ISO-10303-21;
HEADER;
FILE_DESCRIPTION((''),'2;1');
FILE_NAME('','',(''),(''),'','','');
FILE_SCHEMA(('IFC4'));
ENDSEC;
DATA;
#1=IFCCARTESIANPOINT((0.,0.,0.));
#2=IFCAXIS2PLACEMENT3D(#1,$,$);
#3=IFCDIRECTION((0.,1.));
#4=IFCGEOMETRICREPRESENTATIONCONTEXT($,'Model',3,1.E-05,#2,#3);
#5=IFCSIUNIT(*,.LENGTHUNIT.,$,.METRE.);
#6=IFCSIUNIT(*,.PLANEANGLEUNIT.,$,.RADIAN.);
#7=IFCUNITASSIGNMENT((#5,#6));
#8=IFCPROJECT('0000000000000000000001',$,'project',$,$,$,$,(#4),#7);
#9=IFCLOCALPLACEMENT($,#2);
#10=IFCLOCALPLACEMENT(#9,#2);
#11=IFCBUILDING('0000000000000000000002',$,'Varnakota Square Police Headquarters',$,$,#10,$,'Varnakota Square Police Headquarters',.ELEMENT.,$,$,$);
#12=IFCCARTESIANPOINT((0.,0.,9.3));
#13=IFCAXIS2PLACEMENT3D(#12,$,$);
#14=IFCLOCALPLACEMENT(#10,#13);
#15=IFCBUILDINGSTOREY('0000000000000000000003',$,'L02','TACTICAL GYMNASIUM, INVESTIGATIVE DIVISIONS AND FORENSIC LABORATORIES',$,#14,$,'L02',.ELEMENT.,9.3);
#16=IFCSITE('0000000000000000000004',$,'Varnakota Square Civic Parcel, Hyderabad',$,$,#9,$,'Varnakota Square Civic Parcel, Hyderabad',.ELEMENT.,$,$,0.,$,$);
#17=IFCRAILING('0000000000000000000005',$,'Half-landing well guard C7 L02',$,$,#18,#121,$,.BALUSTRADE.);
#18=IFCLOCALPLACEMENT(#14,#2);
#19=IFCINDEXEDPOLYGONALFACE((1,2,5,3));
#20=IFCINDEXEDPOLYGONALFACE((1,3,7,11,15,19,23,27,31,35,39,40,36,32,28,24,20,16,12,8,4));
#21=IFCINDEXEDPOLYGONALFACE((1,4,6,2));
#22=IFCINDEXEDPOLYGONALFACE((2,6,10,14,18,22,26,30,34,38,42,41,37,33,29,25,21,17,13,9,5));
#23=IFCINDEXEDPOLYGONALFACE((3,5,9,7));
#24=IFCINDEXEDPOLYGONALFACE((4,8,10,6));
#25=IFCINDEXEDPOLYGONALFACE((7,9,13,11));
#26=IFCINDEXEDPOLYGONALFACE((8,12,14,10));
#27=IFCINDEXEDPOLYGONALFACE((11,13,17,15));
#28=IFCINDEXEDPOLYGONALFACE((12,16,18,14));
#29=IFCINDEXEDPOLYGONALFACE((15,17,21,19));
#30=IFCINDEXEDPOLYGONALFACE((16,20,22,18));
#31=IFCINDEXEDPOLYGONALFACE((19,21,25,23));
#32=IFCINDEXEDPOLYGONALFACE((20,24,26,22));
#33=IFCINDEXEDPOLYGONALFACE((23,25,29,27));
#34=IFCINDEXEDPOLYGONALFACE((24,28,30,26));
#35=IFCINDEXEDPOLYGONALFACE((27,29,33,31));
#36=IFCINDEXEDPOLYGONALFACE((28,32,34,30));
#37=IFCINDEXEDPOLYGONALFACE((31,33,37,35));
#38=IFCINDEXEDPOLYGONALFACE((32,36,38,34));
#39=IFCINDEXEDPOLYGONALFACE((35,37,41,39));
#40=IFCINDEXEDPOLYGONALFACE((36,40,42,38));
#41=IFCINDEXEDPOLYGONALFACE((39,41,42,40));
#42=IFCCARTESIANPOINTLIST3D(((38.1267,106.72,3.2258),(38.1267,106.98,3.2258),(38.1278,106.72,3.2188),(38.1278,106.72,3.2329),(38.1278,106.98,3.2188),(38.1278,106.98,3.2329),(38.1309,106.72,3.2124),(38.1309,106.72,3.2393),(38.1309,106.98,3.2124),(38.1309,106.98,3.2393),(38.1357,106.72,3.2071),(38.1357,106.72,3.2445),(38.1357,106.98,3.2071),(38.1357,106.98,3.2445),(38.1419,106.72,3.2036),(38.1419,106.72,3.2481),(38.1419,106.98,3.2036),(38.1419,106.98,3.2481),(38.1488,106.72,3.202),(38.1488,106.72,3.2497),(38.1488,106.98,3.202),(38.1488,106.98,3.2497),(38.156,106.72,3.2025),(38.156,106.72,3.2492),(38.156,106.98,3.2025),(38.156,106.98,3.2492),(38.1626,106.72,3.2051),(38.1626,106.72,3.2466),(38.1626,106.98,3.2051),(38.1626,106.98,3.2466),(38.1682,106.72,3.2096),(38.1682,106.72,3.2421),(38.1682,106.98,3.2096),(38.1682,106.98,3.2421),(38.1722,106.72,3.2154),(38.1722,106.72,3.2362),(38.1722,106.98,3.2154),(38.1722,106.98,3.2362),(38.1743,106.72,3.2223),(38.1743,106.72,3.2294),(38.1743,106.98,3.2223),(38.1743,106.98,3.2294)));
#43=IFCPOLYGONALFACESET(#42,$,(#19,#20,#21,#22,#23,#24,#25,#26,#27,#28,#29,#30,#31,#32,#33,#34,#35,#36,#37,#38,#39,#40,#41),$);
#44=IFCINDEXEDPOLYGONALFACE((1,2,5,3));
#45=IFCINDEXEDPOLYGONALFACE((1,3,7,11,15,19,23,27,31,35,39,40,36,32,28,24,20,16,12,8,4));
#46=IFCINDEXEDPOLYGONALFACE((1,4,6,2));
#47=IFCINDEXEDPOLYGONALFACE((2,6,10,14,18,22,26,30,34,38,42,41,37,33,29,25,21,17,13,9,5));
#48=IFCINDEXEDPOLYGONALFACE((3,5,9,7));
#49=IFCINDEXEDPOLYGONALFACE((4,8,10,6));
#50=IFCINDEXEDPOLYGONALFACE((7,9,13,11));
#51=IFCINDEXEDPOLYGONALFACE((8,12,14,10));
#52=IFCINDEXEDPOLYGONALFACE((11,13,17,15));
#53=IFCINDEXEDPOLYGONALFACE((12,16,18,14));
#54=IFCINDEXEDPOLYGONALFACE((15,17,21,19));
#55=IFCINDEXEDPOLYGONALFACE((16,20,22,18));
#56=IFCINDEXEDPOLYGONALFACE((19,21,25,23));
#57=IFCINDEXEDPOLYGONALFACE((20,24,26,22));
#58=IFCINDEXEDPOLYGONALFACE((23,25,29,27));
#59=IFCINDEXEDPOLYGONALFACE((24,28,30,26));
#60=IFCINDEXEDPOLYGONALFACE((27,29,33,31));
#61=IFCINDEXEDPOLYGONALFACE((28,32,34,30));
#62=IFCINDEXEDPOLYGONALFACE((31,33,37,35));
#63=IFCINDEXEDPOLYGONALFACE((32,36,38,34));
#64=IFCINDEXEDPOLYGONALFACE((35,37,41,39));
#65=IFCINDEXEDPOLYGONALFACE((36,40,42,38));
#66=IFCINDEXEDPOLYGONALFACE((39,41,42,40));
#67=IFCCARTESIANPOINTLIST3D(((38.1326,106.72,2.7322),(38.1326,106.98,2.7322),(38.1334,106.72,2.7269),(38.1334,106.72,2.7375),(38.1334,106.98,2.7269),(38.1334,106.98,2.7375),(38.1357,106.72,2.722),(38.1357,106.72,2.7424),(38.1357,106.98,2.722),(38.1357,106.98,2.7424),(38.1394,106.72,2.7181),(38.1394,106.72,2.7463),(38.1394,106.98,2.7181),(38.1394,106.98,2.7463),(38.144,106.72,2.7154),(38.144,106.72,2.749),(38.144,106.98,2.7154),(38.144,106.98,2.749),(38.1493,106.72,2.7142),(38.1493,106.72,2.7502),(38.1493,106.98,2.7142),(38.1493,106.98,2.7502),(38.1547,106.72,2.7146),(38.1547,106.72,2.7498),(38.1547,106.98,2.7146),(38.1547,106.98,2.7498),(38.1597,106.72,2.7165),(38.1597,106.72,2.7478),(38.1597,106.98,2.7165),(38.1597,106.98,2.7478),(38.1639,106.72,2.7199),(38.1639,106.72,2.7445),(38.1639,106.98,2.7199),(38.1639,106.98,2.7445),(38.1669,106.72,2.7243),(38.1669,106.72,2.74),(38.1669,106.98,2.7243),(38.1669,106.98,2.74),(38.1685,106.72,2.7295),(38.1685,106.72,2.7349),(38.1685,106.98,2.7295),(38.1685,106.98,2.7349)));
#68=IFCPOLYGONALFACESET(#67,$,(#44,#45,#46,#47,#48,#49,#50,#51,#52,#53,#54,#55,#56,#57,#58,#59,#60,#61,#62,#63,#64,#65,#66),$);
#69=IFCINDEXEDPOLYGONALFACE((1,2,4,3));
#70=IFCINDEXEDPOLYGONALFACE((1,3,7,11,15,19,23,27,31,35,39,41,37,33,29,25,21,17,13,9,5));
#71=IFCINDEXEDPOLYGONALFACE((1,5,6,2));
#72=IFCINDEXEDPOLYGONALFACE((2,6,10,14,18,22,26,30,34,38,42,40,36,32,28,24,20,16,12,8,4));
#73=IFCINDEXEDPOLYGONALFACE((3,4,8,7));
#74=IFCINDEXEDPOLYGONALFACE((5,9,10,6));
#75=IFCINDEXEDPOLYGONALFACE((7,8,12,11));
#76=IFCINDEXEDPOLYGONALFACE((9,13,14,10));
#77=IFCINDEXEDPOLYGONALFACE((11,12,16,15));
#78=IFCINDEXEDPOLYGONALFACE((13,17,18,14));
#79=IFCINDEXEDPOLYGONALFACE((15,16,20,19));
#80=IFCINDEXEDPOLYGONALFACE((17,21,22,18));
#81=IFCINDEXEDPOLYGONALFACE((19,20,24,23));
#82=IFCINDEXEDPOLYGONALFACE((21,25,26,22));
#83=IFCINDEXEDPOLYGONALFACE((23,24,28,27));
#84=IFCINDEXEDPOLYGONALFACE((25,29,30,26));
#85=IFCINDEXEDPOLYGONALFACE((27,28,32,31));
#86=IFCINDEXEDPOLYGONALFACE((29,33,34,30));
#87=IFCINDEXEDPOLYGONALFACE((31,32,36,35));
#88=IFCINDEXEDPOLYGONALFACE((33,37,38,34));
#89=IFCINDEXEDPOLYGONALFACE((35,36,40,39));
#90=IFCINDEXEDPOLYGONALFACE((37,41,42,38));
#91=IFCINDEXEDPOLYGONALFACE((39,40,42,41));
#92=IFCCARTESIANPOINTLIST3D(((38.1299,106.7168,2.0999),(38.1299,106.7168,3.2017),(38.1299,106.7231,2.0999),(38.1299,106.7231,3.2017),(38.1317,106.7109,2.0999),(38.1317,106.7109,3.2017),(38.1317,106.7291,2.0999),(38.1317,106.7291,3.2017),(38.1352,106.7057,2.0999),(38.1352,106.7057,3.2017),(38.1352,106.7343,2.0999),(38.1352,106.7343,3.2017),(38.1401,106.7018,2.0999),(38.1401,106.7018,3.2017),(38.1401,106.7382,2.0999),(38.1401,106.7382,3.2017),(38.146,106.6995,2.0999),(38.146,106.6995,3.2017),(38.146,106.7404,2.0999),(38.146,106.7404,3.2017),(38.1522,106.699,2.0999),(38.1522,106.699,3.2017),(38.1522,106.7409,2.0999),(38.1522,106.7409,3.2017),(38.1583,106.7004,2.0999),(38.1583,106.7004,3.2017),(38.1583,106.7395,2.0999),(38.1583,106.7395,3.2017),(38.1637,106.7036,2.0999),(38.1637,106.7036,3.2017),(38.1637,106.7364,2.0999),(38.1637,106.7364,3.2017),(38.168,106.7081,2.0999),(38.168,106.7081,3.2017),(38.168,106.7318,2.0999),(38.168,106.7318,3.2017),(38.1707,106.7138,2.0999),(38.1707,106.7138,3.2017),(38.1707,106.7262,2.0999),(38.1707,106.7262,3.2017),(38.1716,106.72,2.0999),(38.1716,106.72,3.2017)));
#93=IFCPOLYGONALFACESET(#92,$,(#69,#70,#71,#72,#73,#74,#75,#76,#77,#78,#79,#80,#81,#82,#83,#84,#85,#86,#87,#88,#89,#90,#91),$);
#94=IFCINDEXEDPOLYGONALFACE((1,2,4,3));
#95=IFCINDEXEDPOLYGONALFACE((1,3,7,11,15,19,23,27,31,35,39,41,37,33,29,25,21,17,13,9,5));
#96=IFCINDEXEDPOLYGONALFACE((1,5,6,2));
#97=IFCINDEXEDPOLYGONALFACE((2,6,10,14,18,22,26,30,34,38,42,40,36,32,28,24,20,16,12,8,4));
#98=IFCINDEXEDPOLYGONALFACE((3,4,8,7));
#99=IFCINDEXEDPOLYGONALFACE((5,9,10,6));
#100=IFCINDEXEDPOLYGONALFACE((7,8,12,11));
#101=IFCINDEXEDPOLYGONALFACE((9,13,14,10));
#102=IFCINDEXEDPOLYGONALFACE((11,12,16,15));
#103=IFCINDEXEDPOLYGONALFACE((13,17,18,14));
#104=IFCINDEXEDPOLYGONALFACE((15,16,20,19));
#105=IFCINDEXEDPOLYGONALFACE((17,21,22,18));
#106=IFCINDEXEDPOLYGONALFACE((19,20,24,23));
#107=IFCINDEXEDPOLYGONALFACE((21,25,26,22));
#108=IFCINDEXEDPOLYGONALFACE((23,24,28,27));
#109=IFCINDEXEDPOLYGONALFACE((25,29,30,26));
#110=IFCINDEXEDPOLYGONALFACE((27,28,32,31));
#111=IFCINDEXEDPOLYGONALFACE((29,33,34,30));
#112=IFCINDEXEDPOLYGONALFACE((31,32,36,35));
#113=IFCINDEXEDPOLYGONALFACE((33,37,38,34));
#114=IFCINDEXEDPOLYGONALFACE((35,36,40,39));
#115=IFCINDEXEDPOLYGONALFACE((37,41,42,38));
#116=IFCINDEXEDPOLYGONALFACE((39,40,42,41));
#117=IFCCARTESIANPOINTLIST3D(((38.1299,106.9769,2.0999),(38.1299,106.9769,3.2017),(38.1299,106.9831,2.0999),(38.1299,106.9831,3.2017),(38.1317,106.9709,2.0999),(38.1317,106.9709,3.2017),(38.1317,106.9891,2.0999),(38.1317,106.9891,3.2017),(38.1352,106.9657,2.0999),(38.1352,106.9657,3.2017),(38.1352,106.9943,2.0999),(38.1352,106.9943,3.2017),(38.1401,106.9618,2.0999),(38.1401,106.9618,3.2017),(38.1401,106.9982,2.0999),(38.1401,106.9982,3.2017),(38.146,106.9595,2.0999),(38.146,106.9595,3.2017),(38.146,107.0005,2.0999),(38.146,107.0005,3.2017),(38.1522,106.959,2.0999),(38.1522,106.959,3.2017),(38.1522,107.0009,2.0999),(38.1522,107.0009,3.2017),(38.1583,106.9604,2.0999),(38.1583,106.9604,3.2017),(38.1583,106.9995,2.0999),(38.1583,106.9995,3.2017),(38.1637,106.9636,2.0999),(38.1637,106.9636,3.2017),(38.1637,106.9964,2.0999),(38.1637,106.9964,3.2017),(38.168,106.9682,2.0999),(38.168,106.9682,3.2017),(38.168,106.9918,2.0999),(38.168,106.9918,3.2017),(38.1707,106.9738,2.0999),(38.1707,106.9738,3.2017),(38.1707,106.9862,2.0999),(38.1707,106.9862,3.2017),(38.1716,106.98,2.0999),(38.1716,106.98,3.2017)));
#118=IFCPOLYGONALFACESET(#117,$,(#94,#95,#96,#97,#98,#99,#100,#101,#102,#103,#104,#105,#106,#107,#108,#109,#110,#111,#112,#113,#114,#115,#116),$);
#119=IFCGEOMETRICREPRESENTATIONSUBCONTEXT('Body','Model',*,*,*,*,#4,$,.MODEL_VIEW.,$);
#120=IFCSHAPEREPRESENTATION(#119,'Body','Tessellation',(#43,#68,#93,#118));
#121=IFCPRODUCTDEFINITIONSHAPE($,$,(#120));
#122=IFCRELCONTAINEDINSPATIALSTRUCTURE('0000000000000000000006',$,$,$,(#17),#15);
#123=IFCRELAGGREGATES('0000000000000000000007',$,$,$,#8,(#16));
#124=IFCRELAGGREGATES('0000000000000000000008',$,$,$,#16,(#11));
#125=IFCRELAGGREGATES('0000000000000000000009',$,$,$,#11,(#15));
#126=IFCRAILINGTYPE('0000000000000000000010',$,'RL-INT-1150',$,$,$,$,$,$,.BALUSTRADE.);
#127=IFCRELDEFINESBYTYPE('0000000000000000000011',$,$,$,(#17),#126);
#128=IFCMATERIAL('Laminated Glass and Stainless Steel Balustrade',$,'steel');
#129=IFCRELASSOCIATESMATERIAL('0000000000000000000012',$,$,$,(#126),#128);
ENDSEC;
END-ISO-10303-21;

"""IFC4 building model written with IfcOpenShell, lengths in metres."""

from ifc_helpers import new_model, si_unit, direction, frame, origin, origin_2d, place, context, subcontext, project, spatial, circle, extrude, material, type_object, element, save


model = new_model("IFC4")

# Units and contexts
model_context = context("Model", 3, precision=1e-05, world=origin(), true_north=direction((0.0, 1.0)))
body_context = subcontext(model_context, "Body", "Model", "MODEL_VIEW")
ifc_project = project(units=[si_unit("LENGTHUNIT", "METRE"), si_unit("PLANEANGLEUNIT", "RADIAN")], contexts=[model_context])

# Site, building, storey
site_placement = place(None, origin())
site = spatial("IfcSite", under=ifc_project, at=site_placement, Name="Varnakota Square Civic Parcel, Hyderabad", LongName="Varnakota Square Civic Parcel, Hyderabad", CompositionType="ELEMENT", RefElevation=0.0)
building_placement = place(site_placement, origin())
building = spatial("IfcBuilding", under=site, at=building_placement, Name="Varnakota Square Police Headquarters", LongName="Varnakota Square Police Headquarters", CompositionType="ELEMENT")
storey_placement = place(building_placement, frame((0.0, 0.0, 9.3)))
storey = spatial("IfcBuildingStorey", under=building, at=storey_placement, Name="L02", Description="TACTICAL GYMNASIUM, INVESTIGATIVE DIVISIONS AND FORENSIC LABORATORIES", LongName="L02", CompositionType="ELEMENT", Elevation=9.3)

# Railing
ifc_material_1 = material(Name="Laminated Glass and Stainless Steel Balustrade", Category="steel")
railing_type_1 = type_object("IfcRailingType", Name="RL-INT-1150", PredefinedType="BALUSTRADE", material=ifc_material_1)
railing_1_placement = place(storey_placement, frame((38.1506, 106.72, 2.0999)))
element("IfcRailing", 1, at=railing_1_placement, inside=storey, type_object=railing_type_1, Name="Half-landing well guard C7 L02", PredefinedType="BALUSTRADE", context=body_context, shape_type="SweptSolid", body=[
    extrude(circle(Radius=0.0239, at=origin_2d()), frame((0.0, 0.0, 1.126), z_axis=(0.0, 1.0, 0.0), x_axis=(-1.0, 0.0, 0.0)), (0.0, 0.0, 1.0), 0.26),
    extrude(circle(Radius=0.0181, at=origin_2d()), frame((0.0, 0.0, 0.6323), z_axis=(0.0, 1.0, 0.0), x_axis=(-1.0, 0.0, 0.0)), (0.0, 0.0, 1.0), 0.26),
    extrude(circle(Radius=0.021, at=origin_2d()), origin(), (0.0, 0.0, 1.0), 1.1018),
    extrude(circle(Radius=0.021, at=origin_2d()), frame((0.0, 0.26, 0.0)), (0.0, 0.0, 1.0), 1.1018),
])

save(model, "model.ifc")
